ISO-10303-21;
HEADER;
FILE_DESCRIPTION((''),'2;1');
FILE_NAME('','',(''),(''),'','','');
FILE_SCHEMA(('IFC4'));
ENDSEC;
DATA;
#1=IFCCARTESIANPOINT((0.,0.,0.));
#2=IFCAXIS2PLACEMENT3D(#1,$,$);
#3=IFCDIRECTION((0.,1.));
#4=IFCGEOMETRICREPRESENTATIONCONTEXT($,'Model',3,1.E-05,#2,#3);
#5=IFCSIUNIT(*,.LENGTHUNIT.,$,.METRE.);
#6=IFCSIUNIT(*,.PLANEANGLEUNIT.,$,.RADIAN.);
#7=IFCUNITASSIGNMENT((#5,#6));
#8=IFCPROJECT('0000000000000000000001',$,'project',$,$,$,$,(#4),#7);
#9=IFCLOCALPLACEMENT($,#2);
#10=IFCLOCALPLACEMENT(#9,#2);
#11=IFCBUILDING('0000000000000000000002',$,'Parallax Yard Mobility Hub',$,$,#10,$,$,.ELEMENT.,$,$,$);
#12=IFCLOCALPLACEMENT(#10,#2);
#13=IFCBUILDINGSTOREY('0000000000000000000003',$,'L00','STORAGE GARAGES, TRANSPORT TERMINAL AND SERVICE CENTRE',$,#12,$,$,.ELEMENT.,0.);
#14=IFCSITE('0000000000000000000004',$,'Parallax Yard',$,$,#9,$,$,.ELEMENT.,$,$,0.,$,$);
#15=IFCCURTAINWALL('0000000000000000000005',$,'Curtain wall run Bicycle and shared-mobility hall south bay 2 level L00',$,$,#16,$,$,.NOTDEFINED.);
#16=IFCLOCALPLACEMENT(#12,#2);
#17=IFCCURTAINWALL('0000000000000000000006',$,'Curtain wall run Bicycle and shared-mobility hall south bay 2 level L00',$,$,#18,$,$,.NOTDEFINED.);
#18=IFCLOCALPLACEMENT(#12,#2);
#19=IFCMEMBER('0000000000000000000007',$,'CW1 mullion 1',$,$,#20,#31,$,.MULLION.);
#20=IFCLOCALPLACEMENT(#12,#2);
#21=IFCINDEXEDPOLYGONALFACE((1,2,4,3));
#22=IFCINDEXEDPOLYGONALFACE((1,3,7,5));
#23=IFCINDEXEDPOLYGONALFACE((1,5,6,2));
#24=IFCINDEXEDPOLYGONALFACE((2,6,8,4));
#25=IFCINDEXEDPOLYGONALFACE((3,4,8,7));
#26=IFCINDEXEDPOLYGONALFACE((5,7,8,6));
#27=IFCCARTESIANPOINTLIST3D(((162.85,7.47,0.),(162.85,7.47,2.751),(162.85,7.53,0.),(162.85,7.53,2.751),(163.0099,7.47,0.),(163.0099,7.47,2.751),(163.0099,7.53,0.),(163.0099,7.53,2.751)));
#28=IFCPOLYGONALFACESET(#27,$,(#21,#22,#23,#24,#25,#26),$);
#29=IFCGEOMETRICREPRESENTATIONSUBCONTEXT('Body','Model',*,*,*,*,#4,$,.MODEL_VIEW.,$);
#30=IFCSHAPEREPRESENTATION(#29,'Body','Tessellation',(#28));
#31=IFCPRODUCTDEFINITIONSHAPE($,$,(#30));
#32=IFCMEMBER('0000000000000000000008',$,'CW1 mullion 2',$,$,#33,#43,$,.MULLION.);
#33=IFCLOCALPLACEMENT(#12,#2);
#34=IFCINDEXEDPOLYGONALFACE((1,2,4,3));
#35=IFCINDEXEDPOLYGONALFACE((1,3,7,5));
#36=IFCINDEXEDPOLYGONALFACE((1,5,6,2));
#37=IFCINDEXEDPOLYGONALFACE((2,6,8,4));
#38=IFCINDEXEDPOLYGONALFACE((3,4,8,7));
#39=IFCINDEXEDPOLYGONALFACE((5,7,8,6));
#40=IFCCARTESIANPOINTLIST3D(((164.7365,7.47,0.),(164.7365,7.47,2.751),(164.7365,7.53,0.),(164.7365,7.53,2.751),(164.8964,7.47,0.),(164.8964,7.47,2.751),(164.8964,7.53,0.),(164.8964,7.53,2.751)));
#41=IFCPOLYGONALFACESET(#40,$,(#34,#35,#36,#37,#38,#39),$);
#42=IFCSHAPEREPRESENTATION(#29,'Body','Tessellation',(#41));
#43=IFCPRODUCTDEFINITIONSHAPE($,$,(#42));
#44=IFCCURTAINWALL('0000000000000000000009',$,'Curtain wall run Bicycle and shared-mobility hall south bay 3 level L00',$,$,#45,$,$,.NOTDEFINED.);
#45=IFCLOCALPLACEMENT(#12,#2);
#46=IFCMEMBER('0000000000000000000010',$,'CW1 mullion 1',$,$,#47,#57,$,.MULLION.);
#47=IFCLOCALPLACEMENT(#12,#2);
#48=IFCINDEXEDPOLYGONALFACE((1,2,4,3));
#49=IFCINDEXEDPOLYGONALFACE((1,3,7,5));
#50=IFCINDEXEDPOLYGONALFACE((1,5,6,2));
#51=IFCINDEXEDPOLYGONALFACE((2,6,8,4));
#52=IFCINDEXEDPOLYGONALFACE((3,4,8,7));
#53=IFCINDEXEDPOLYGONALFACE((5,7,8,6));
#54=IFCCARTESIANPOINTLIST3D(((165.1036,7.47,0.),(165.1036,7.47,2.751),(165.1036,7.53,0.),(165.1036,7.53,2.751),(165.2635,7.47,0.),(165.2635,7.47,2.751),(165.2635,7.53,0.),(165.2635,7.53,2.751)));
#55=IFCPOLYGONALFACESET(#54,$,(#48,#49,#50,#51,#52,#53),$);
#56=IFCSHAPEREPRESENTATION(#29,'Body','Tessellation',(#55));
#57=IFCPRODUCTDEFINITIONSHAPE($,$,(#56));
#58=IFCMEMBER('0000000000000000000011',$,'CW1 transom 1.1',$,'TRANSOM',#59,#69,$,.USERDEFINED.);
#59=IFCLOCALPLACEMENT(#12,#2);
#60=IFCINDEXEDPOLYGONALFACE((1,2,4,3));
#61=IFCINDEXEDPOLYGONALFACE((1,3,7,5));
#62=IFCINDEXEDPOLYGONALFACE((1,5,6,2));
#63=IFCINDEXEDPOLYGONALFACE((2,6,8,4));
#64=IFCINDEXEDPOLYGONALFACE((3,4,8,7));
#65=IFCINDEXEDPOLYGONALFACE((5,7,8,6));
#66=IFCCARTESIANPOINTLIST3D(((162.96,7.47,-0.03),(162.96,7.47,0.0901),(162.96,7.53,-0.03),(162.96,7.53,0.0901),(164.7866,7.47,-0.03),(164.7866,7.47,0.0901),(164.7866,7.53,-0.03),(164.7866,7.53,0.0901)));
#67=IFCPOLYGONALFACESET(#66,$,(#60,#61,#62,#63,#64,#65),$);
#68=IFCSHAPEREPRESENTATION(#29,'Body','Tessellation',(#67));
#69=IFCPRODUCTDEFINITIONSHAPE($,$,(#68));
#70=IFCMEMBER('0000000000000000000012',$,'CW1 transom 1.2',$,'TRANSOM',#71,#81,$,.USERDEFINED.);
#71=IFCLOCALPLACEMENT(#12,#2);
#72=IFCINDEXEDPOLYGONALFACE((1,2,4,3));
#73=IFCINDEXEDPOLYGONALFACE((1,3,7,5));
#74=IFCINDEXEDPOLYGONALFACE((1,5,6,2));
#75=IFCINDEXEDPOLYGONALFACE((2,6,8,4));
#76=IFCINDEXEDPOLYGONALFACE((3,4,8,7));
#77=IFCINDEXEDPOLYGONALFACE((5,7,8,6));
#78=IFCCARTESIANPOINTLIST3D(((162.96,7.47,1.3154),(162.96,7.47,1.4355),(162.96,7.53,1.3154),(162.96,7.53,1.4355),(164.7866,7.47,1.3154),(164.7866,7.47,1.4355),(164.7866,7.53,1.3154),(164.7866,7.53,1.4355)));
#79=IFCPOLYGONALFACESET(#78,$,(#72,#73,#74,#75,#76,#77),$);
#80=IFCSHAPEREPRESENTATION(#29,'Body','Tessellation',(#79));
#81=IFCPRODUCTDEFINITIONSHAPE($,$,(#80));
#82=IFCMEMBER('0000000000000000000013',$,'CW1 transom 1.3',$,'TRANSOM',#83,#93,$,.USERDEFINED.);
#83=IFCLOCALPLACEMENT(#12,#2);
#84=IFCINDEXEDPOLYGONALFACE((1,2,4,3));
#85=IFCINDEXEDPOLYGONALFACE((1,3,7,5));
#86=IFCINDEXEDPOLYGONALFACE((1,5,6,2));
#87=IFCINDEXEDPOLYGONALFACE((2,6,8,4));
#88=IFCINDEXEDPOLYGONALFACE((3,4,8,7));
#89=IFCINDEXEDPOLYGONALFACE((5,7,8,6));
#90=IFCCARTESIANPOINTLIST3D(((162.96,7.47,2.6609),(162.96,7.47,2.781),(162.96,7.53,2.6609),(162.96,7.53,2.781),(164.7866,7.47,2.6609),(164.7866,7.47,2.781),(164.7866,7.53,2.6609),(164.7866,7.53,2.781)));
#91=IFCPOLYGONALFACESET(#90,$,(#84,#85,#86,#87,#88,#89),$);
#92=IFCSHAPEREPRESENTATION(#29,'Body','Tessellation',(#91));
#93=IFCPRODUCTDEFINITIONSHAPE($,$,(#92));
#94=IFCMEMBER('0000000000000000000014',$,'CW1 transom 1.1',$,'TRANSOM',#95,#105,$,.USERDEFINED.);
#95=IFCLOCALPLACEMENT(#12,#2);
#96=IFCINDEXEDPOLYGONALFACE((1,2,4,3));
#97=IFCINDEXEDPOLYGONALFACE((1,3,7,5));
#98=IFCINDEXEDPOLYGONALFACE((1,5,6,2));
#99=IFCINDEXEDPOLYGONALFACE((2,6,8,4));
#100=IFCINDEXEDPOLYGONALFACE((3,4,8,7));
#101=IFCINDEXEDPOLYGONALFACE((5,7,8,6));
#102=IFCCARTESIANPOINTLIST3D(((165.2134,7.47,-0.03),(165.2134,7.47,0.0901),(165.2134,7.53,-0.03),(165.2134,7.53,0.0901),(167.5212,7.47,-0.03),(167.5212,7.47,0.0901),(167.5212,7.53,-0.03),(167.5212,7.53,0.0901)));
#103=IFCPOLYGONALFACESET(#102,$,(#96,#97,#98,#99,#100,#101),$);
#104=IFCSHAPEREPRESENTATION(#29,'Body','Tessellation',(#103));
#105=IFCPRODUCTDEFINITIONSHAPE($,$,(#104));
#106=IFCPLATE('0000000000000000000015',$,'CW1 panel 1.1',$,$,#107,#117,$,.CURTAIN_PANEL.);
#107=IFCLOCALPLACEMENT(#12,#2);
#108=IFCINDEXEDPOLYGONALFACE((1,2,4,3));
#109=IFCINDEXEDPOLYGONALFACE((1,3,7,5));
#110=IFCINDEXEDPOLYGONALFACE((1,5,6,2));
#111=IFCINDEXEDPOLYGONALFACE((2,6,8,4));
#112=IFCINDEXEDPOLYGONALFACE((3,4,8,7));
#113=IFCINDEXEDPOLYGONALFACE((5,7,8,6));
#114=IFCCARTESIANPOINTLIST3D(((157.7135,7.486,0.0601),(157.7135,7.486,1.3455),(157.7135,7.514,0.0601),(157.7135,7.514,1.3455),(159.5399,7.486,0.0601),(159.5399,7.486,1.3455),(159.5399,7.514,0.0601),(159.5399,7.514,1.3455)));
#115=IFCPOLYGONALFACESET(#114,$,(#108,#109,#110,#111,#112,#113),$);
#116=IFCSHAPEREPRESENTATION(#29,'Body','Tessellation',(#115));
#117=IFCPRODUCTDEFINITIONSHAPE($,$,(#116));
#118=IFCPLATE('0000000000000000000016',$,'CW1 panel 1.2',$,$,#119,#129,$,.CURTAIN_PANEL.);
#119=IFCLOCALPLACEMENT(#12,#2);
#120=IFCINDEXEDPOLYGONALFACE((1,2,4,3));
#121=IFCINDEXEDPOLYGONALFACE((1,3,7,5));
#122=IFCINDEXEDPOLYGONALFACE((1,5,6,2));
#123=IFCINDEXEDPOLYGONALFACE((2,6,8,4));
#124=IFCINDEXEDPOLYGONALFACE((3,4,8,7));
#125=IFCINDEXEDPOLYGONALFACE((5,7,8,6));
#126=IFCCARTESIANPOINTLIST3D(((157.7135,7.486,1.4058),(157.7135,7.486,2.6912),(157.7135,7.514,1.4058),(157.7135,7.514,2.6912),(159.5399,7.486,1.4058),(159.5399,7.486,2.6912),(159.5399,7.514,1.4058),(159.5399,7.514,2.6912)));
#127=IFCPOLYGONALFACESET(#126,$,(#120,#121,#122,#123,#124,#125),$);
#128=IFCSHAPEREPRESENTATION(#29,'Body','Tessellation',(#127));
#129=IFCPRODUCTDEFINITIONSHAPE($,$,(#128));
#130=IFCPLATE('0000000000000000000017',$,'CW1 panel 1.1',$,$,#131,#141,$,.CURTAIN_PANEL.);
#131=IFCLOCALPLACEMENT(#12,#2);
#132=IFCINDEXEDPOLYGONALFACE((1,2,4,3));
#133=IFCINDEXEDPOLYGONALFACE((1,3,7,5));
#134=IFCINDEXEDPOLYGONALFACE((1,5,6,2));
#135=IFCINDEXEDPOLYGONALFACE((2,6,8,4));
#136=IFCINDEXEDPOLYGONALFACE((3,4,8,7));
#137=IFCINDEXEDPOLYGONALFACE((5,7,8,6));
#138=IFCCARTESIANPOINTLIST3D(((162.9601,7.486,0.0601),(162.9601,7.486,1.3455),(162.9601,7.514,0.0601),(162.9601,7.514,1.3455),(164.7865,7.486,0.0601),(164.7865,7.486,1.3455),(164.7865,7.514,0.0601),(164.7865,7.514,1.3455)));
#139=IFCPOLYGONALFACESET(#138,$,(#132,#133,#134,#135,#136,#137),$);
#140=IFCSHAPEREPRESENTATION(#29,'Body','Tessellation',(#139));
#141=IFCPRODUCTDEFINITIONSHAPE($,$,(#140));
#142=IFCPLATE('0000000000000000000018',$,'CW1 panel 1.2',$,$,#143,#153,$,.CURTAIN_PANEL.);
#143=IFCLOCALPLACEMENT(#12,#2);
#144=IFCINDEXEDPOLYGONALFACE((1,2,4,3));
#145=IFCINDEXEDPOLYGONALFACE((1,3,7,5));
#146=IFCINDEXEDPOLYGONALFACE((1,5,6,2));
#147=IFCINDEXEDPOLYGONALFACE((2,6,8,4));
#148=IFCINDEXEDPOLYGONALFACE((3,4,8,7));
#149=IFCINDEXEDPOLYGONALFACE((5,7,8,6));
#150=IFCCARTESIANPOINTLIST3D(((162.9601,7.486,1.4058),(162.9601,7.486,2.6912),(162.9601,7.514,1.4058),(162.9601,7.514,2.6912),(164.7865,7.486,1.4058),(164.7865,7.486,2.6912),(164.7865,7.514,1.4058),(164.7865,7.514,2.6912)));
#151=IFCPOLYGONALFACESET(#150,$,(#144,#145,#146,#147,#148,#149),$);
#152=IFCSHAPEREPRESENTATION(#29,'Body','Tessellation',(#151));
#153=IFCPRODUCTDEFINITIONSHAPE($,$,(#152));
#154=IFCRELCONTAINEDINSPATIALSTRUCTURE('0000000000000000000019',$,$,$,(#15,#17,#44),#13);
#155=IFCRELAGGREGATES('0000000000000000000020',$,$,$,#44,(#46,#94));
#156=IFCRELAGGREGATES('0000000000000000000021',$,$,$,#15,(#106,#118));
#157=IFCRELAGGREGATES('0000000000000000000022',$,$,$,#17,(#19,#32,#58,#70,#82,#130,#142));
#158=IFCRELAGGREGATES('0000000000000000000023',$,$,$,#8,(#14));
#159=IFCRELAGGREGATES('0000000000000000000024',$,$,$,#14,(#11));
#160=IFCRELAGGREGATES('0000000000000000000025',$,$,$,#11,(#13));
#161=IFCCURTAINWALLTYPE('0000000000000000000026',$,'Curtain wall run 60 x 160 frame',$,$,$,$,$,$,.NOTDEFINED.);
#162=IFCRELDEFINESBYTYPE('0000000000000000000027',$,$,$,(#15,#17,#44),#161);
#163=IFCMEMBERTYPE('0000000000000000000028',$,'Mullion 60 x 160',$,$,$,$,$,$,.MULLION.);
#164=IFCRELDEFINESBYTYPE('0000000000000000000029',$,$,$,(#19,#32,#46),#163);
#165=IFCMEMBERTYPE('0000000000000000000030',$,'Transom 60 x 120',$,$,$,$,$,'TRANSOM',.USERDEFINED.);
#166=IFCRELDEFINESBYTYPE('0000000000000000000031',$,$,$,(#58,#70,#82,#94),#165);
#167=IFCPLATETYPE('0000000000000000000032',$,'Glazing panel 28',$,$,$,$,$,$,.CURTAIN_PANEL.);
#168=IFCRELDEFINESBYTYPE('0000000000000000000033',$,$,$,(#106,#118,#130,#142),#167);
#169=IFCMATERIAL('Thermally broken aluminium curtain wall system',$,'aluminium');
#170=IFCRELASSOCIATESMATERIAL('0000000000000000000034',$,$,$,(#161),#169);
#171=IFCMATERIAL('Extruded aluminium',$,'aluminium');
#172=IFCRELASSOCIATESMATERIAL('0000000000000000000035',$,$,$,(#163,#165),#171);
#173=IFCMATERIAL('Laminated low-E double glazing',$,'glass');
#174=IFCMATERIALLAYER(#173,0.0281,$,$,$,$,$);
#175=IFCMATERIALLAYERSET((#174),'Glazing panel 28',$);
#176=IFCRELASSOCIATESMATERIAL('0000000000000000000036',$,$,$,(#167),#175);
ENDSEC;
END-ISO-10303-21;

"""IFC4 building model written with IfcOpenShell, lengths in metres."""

from ifc_helpers import new_model, si_unit, direction, frame, origin, origin_2d, place, context, subcontext, project, spatial, rectangle, extrude, material, layer, layer_set, material_profile, profile_set, type_object, element, aggregate, save


model = new_model("IFC4")

# Units and contexts
model_context = context("Model", 3, precision=1e-05, world=origin(), true_north=direction((0.0, 1.0)))
body_context = subcontext(model_context, "Body", "Model", "MODEL_VIEW")
ifc_project = project(units=[si_unit("LENGTHUNIT", "METRE"), si_unit("PLANEANGLEUNIT", "RADIAN")], contexts=[model_context])

# Site, building, storey
site_placement = place(None, origin())
site = spatial("IfcSite", under=ifc_project, at=site_placement, Name="Parallax Yard", CompositionType="ELEMENT", RefElevation=0.0)
building_placement = place(site_placement, origin())
building = spatial("IfcBuilding", under=site, at=building_placement, Name="Parallax Yard Mobility Hub", CompositionType="ELEMENT")
storey_placement = place(building_placement, origin())
storey = spatial("IfcBuildingStorey", under=building, at=storey_placement, Name="L00", Description="STORAGE GARAGES, TRANSPORT TERMINAL AND SERVICE CENTRE", CompositionType="ELEMENT", Elevation=0.0)

# Curtain wall
ifc_material_1 = material(Name="Thermally broken aluminium curtain wall system", Category="aluminium")
curtain_wall_type = type_object("IfcCurtainWallType", Name="Curtain wall run 60 x 160 frame", PredefinedType="NOTDEFINED", material=ifc_material_1)
curtain_wall_1_placement = place(storey_placement, origin())
curtain_wall_1 = element("IfcCurtainWall", 1, at=curtain_wall_1_placement, inside=storey, type_object=curtain_wall_type, Name="Curtain wall run Bicycle and shared-mobility hall south bay 2 level L00", PredefinedType="NOTDEFINED")
ifc_material_2 = material(Name="Extruded aluminium", Category="aluminium")
ifc_material_profile_1 = material_profile(ifc_material_2, rectangle(XDim=0.0601, YDim=0.1599, at=origin_2d()), Name="Mullion 60 x 160")
ifc_profile_set_1 = profile_set([ifc_material_profile_1], Name="Extruded aluminium")
member_type_1 = type_object("IfcMemberType", Name="Mullion 60 x 160", PredefinedType="MULLION", material=ifc_profile_set_1)

# Curtain wall, members
curtain_wall_2_placement = place(storey_placement, origin())
curtain_wall_2 = element("IfcCurtainWall", 2, at=curtain_wall_2_placement, inside=storey, type_object=curtain_wall_type, Name="Curtain wall run Bicycle and shared-mobility hall south bay 2 level L00", PredefinedType="NOTDEFINED")
member_1_placement = place(storey_placement, frame((162.9299, 7.5, 0.0), z_axis=(0.0, 0.0, 1.0), x_axis=(0.0, 1.0, 0.0)))
member_1 = element("IfcMember", 3, at=member_1_placement, type_object=member_type_1, Name="CW1 mullion 1", PredefinedType="MULLION", context=body_context, shape_type="SweptSolid", body=[
    extrude(rectangle(XDim=0.0601, YDim=0.1599, at=origin_2d()), origin(), (0.0, 0.0, 1.0), 2.751),
])
member_2_placement = place(storey_placement, frame((164.8164, 7.5, 0.0), z_axis=(0.0, 0.0, 1.0), x_axis=(0.0, 1.0, 0.0)))
member_2 = element("IfcMember", 4, at=member_2_placement, type_object=member_type_1, Name="CW1 mullion 2", PredefinedType="MULLION", context=body_context, shape_type="SweptSolid", body=[
    extrude(rectangle(XDim=0.0601, YDim=0.1599, at=origin_2d()), origin(), (0.0, 0.0, 1.0), 2.751),
])

# Curtain wall, member
curtain_wall_3_placement = place(storey_placement, origin())
curtain_wall_3 = element("IfcCurtainWall", 5, at=curtain_wall_3_placement, inside=storey, type_object=curtain_wall_type, Name="Curtain wall run Bicycle and shared-mobility hall south bay 3 level L00", PredefinedType="NOTDEFINED")
member_3_placement = place(storey_placement, frame((165.1836, 7.5, 0.0), z_axis=(0.0, 0.0, 1.0), x_axis=(0.0, 1.0, 0.0)))
member_3 = element("IfcMember", 6, at=member_3_placement, type_object=member_type_1, Name="CW1 mullion 1", PredefinedType="MULLION", context=body_context, shape_type="SweptSolid", body=[
    extrude(rectangle(XDim=0.0601, YDim=0.1599, at=origin_2d()), origin(), (0.0, 0.0, 1.0), 2.751),
])

# Members
ifc_material_profile_2 = material_profile(ifc_material_2, rectangle(XDim=0.0601, YDim=0.1201, at=origin_2d()), Name="Transom 60 x 120")
ifc_profile_set_2 = profile_set([ifc_material_profile_2], Name="Extruded aluminium")
member_type_2 = type_object("IfcMemberType", Name="Transom 60 x 120", ElementType="TRANSOM", PredefinedType="USERDEFINED", material=ifc_profile_set_2)
member_4_placement = place(storey_placement, frame((162.96, 7.5, 0.03), z_axis=(1.0, 0.0, 0.0), x_axis=(0.0, 1.0, 0.0)))
member_4 = element("IfcMember", 7, at=member_4_placement, type_object=member_type_2, Name="CW1 transom 1.1", ObjectType="TRANSOM", PredefinedType="USERDEFINED", context=body_context, shape_type="SweptSolid", body=[
    extrude(rectangle(XDim=0.0601, YDim=0.1201, at=origin_2d()), origin(), (0.0, 0.0, 1.0), 1.8267),
])
member_5_placement = place(storey_placement, frame((162.96, 7.5, 1.3755), z_axis=(1.0, 0.0, 0.0), x_axis=(0.0, 1.0, 0.0)))
member_5 = element("IfcMember", 8, at=member_5_placement, type_object=member_type_2, Name="CW1 transom 1.2", ObjectType="TRANSOM", PredefinedType="USERDEFINED", context=body_context, shape_type="SweptSolid", body=[
    extrude(rectangle(XDim=0.0601, YDim=0.1201, at=origin_2d()), origin(), (0.0, 0.0, 1.0), 1.8267),
])
member_6_placement = place(storey_placement, frame((162.96, 7.5, 2.7209), z_axis=(1.0, 0.0, 0.0), x_axis=(0.0, 1.0, 0.0)))
member_6 = element("IfcMember", 9, at=member_6_placement, type_object=member_type_2, Name="CW1 transom 1.3", ObjectType="TRANSOM", PredefinedType="USERDEFINED", context=body_context, shape_type="SweptSolid", body=[
    extrude(rectangle(XDim=0.0601, YDim=0.1201, at=origin_2d()), origin(), (0.0, 0.0, 1.0), 1.8267),
])
member_7_placement = place(storey_placement, frame((165.2134, 7.5, 0.03), z_axis=(1.0, 0.0, 0.0), x_axis=(0.0, 1.0, 0.0)))
member_7 = element("IfcMember", 10, at=member_7_placement, type_object=member_type_2, Name="CW1 transom 1.1", ObjectType="TRANSOM", PredefinedType="USERDEFINED", context=body_context, shape_type="SweptSolid", body=[
    extrude(rectangle(XDim=0.0601, YDim=0.1201, at=origin_2d()), origin(), (0.0, 0.0, 1.0), 2.3079),
])
aggregate(curtain_wall_3, [member_3, member_7])

# Plates
ifc_material_3 = material(Name="Laminated low-E double glazing", Category="glass")
ifc_layer_1 = layer(ifc_material_3, 0.0281)
ifc_layer_set_1 = layer_set([ifc_layer_1], Name="Glazing panel 28")
plate_type = type_object("IfcPlateType", Name="Glazing panel 28", PredefinedType="CURTAIN_PANEL", material=ifc_layer_set_1)
plate_1_placement = place(storey_placement, frame((158.6267, 7.5, 0.0601), z_axis=(0.0, 0.0, 1.0), x_axis=(1.0, 0.0, 0.0)))
plate_1 = element("IfcPlate", 11, at=plate_1_placement, type_object=plate_type, Name="CW1 panel 1.1", PredefinedType="CURTAIN_PANEL", context=body_context, shape_type="SweptSolid", body=[
    extrude(rectangle(XDim=1.8264, YDim=0.0281, at=origin_2d()), origin(), (0.0, 0.0, 1.0), 1.2854),
])
plate_2_placement = place(storey_placement, frame((158.6267, 7.5, 1.4058), z_axis=(0.0, 0.0, 1.0), x_axis=(1.0, 0.0, 0.0)))
plate_2 = element("IfcPlate", 12, at=plate_2_placement, type_object=plate_type, Name="CW1 panel 1.2", PredefinedType="CURTAIN_PANEL", context=body_context, shape_type="SweptSolid", body=[
    extrude(rectangle(XDim=1.8264, YDim=0.0281, at=origin_2d()), origin(), (0.0, 0.0, 1.0), 1.2854),
])
aggregate(curtain_wall_1, [plate_1, plate_2])
plate_3_placement = place(storey_placement, frame((163.8733, 7.5, 0.0601), z_axis=(0.0, 0.0, 1.0), x_axis=(1.0, 0.0, 0.0)))
plate_3 = element("IfcPlate", 13, at=plate_3_placement, type_object=plate_type, Name="CW1 panel 1.1", PredefinedType="CURTAIN_PANEL", context=body_context, shape_type="SweptSolid", body=[
    extrude(rectangle(XDim=1.8264, YDim=0.0281, at=origin_2d()), origin(), (0.0, 0.0, 1.0), 1.2854),
])
plate_4_placement = place(storey_placement, frame((163.8733, 7.5, 1.4058), z_axis=(0.0, 0.0, 1.0), x_axis=(1.0, 0.0, 0.0)))
plate_4 = element("IfcPlate", 14, at=plate_4_placement, type_object=plate_type, Name="CW1 panel 1.2", PredefinedType="CURTAIN_PANEL", context=body_context, shape_type="SweptSolid", body=[
    extrude(rectangle(XDim=1.8264, YDim=0.0281, at=origin_2d()), origin(), (0.0, 0.0, 1.0), 1.2854),
])
aggregate(curtain_wall_2, [member_1, member_2, member_4, member_5, member_6, plate_3, plate_4])

save(model, "model.ifc")
